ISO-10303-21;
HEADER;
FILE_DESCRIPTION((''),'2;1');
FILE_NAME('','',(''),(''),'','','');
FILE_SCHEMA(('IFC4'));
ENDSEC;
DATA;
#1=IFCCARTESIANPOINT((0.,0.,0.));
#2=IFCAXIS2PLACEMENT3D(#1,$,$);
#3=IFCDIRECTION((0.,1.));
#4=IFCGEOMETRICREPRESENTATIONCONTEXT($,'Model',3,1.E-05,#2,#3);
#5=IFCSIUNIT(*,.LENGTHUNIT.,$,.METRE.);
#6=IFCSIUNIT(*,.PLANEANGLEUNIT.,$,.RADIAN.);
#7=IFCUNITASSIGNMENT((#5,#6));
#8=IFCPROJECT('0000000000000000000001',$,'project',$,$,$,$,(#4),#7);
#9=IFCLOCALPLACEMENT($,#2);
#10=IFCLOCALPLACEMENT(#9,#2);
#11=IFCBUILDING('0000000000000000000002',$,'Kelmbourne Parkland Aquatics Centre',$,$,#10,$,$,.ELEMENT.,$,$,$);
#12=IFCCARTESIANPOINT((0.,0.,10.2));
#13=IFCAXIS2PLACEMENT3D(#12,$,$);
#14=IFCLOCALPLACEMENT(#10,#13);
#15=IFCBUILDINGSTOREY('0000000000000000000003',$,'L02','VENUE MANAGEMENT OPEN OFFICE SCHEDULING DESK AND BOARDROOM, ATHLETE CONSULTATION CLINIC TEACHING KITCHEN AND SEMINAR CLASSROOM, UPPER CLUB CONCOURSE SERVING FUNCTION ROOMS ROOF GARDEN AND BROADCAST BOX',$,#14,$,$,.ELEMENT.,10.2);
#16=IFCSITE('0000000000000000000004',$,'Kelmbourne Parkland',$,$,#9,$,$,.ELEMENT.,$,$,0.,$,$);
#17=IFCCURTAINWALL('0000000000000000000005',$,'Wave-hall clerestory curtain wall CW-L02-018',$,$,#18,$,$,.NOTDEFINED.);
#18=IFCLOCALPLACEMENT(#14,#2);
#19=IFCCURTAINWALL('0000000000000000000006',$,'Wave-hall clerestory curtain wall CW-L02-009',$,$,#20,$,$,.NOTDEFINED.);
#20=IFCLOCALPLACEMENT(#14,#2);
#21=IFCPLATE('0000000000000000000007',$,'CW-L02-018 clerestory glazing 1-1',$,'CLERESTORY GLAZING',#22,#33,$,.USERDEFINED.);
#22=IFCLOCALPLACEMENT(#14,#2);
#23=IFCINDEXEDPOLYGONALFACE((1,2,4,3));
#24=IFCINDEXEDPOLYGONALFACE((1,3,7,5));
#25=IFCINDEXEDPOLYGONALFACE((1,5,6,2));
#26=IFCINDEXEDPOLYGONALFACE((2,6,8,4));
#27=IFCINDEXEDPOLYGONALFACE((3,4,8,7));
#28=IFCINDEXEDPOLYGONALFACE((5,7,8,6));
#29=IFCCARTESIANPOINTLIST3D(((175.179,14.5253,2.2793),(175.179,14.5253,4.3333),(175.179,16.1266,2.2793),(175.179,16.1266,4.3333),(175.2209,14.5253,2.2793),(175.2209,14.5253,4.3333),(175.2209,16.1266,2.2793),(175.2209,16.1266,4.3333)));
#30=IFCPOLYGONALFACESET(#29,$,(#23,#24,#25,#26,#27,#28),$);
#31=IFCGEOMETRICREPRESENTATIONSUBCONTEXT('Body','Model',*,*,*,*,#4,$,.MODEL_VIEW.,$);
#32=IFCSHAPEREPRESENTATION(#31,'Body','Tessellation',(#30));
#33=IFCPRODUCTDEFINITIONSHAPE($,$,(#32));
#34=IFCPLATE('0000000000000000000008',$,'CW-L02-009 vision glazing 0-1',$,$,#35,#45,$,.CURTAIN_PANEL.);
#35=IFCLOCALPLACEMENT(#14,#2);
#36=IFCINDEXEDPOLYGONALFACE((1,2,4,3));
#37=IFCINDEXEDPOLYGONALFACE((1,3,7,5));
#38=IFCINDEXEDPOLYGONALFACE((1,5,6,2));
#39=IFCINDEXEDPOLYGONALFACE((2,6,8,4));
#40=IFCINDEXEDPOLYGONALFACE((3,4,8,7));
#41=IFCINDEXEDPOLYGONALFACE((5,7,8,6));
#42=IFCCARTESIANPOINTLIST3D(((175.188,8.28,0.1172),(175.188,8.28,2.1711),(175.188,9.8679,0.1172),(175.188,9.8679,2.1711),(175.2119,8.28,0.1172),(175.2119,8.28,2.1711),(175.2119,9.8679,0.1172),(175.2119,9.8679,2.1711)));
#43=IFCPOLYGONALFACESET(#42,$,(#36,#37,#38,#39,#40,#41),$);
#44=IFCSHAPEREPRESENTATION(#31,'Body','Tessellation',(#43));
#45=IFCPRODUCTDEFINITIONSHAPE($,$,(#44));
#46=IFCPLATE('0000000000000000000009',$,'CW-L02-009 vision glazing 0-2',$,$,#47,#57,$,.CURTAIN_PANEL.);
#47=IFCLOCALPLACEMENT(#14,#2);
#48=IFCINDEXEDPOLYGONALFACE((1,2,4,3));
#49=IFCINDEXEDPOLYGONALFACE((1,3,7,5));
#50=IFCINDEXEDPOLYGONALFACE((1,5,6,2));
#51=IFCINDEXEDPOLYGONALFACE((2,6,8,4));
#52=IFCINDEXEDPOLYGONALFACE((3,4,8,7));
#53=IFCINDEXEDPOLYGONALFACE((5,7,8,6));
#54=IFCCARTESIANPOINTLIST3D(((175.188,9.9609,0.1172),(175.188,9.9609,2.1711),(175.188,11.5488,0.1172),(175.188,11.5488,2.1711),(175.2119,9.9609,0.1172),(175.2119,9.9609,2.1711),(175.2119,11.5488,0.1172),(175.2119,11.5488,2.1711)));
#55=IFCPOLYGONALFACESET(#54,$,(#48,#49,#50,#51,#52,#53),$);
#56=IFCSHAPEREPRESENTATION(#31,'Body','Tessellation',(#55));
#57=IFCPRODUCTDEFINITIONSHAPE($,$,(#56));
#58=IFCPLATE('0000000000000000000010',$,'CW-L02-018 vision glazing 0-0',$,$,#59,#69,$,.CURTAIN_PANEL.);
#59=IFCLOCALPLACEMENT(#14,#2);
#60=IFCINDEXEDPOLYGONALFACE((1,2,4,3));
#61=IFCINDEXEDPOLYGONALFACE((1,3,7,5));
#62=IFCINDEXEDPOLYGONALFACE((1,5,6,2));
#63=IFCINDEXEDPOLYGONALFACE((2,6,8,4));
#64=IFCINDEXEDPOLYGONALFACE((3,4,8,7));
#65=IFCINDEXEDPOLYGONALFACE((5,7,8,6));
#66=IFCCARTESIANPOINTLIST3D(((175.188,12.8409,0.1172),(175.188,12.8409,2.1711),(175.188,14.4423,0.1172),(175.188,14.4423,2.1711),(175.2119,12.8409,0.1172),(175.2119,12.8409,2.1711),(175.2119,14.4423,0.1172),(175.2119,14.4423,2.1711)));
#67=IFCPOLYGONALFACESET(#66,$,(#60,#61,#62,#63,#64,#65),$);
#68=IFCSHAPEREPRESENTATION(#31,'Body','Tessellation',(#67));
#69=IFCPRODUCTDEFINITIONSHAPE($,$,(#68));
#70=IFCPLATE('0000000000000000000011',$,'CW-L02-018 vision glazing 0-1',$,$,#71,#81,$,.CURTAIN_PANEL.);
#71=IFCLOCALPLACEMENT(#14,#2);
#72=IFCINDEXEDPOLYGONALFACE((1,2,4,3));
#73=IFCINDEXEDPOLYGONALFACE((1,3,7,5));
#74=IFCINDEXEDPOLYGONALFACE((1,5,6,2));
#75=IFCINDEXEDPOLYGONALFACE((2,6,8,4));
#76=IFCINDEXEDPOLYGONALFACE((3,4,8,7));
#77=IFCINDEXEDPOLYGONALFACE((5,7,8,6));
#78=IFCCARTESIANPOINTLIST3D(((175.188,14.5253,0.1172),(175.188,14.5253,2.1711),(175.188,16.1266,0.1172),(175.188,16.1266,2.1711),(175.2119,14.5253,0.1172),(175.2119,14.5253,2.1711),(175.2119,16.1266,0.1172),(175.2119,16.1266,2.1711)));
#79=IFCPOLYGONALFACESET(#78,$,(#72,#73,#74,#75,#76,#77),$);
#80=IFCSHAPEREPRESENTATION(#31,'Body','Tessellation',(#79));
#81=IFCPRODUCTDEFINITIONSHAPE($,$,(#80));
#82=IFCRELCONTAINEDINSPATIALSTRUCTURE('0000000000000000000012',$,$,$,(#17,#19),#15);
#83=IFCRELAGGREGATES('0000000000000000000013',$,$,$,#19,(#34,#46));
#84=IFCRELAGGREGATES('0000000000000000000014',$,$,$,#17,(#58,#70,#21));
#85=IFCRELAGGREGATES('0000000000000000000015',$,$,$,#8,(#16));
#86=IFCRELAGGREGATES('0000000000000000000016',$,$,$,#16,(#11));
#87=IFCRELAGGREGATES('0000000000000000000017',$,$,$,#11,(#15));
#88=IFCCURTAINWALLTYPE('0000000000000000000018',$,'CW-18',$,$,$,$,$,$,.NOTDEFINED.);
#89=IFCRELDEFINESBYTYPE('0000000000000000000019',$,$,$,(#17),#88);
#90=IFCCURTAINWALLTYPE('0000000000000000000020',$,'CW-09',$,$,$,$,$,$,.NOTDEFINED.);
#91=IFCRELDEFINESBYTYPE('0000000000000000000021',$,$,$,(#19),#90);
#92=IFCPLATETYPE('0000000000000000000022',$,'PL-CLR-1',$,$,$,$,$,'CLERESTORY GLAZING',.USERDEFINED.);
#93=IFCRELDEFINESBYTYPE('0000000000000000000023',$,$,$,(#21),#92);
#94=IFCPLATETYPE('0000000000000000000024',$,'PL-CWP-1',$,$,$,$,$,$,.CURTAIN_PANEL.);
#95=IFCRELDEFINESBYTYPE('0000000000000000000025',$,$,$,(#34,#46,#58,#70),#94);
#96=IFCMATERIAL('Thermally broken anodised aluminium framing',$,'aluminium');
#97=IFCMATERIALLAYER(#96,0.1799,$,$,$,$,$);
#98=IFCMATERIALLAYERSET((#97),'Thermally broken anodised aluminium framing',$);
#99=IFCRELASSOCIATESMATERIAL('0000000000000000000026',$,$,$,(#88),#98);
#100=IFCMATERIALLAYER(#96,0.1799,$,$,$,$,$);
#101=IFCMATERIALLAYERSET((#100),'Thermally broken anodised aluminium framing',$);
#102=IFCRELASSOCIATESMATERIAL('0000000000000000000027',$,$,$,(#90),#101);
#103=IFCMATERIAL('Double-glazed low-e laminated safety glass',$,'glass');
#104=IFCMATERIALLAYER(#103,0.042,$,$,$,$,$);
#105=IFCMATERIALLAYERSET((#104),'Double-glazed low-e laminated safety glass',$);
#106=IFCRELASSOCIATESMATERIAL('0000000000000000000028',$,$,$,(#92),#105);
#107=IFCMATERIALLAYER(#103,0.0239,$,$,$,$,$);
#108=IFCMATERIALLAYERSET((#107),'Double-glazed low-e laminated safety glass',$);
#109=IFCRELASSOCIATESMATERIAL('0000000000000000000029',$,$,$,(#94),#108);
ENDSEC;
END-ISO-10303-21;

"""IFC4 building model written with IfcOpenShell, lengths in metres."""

from ifc_helpers import new_model, si_unit, direction, frame, origin, origin_2d, place, context, subcontext, project, spatial, rectangle, extrude, material, layer, layer_set, type_object, element, aggregate, save


model = new_model("IFC4")

# Units and contexts
model_context = context("Model", 3, precision=1e-05, world=origin(), true_north=direction((0.0, 1.0)))
body_context = subcontext(model_context, "Body", "Model", "MODEL_VIEW")
ifc_project = project(units=[si_unit("LENGTHUNIT", "METRE"), si_unit("PLANEANGLEUNIT", "RADIAN")], contexts=[model_context])

# Site, building, storey
site_placement = place(None, origin())
site = spatial("IfcSite", under=ifc_project, at=site_placement, Name="Kelmbourne Parkland", CompositionType="ELEMENT", RefElevation=0.0)
building_placement = place(site_placement, origin())
building = spatial("IfcBuilding", under=site, at=building_placement, Name="Kelmbourne Parkland Aquatics Centre", CompositionType="ELEMENT")
storey_placement = place(building_placement, frame((0.0, 0.0, 10.2)))
storey = spatial("IfcBuildingStorey", under=building, at=storey_placement, Name="L02", Description="VENUE MANAGEMENT OPEN OFFICE SCHEDULING DESK AND BOARDROOM, ATHLETE CONSULTATION CLINIC TEACHING KITCHEN AND SEMINAR CLASSROOM, UPPER CLUB CONCOURSE SERVING FUNCTION ROOMS ROOF GARDEN AND BROADCAST BOX", CompositionType="ELEMENT", Elevation=10.2)

# Curtain walls
ifc_material_1 = material(Name="Thermally broken anodised aluminium framing", Category="aluminium")
ifc_layer_1 = layer(ifc_material_1, 0.1799)
ifc_layer_set_1 = layer_set([ifc_layer_1], Name="Thermally broken anodised aluminium framing")
curtain_wall_type_1 = type_object("IfcCurtainWallType", Name="CW-18", PredefinedType="NOTDEFINED", material=ifc_layer_set_1)
curtain_wall_1_placement = place(storey_placement, origin())
curtain_wall_1 = element("IfcCurtainWall", 1, at=curtain_wall_1_placement, inside=storey, type_object=curtain_wall_type_1, Name="Wave-hall clerestory curtain wall CW-L02-018", PredefinedType="NOTDEFINED")
ifc_layer_2 = layer(ifc_material_1, 0.1799)
ifc_layer_set_2 = layer_set([ifc_layer_2], Name="Thermally broken anodised aluminium framing")
curtain_wall_type_2 = type_object("IfcCurtainWallType", Name="CW-09", PredefinedType="NOTDEFINED", material=ifc_layer_set_2)
curtain_wall_2_placement = place(storey_placement, origin())
curtain_wall_2 = element("IfcCurtainWall", 2, at=curtain_wall_2_placement, inside=storey, type_object=curtain_wall_type_2, Name="Wave-hall clerestory curtain wall CW-L02-009", PredefinedType="NOTDEFINED")

# Plates
ifc_material_2 = material(Name="Double-glazed low-e laminated safety glass", Category="glass")
ifc_layer_3 = layer(ifc_material_2, 0.042)
ifc_layer_set_3 = layer_set([ifc_layer_3], Name="Double-glazed low-e laminated safety glass")
plate_type_1 = type_object("IfcPlateType", Name="PL-CLR-1", ElementType="CLERESTORY GLAZING", PredefinedType="USERDEFINED", material=ifc_layer_set_3)
plate_1_placement = place(storey_placement, frame((175.2, 15.3259, 2.2793), z_axis=(0.0, 0.0, 1.0), x_axis=(0.0, 1.0, 0.0)))
plate_1 = element("IfcPlate", 3, at=plate_1_placement, type_object=plate_type_1, Name="CW-L02-018 clerestory glazing 1-1", ObjectType="CLERESTORY GLAZING", PredefinedType="USERDEFINED", context=body_context, shape_type="SweptSolid", body=[
    extrude(rectangle(XDim=1.6013, YDim=0.042, at=origin_2d()), origin(), (0.0, 0.0, 1.0), 2.054),
])
ifc_layer_4 = layer(ifc_material_2, 0.0239)
ifc_layer_set_4 = layer_set([ifc_layer_4], Name="Double-glazed low-e laminated safety glass")
plate_type_2 = type_object("IfcPlateType", Name="PL-CWP-1", PredefinedType="CURTAIN_PANEL", material=ifc_layer_set_4)
plate_2_placement = place(storey_placement, frame((175.2, 9.074, 0.1172), z_axis=(0.0, 0.0, 1.0), x_axis=(0.0, 1.0, 0.0)))
plate_2 = element("IfcPlate", 4, at=plate_2_placement, type_object=plate_type_2, Name="CW-L02-009 vision glazing 0-1", PredefinedType="CURTAIN_PANEL", context=body_context, shape_type="SweptSolid", body=[
    extrude(rectangle(XDim=1.5879, YDim=0.0239, at=origin_2d()), origin(), (0.0, 0.0, 1.0), 2.054),
])
plate_3_placement = place(storey_placement, frame((175.2, 10.7549, 0.1172), z_axis=(0.0, 0.0, 1.0), x_axis=(0.0, 1.0, 0.0)))
plate_3 = element("IfcPlate", 5, at=plate_3_placement, type_object=plate_type_2, Name="CW-L02-009 vision glazing 0-2", PredefinedType="CURTAIN_PANEL", context=body_context, shape_type="SweptSolid", body=[
    extrude(rectangle(XDim=1.5879, YDim=0.0239, at=origin_2d()), origin(), (0.0, 0.0, 1.0), 2.054),
])
aggregate(curtain_wall_2, [plate_2, plate_3])
plate_4_placement = place(storey_placement, frame((175.2, 13.6416, 0.1172), z_axis=(0.0, 0.0, 1.0), x_axis=(0.0, 1.0, 0.0)))
plate_4 = element("IfcPlate", 6, at=plate_4_placement, type_object=plate_type_2, Name="CW-L02-018 vision glazing 0-0", PredefinedType="CURTAIN_PANEL", context=body_context, shape_type="SweptSolid", body=[
    extrude(rectangle(XDim=1.6013, YDim=0.0239, at=origin_2d()), origin(), (0.0, 0.0, 1.0), 2.054),
])
plate_5_placement = place(storey_placement, frame((175.2, 15.3259, 0.1172), z_axis=(0.0, 0.0, 1.0), x_axis=(0.0, 1.0, 0.0)))
plate_5 = element("IfcPlate", 7, at=plate_5_placement, type_object=plate_type_2, Name="CW-L02-018 vision glazing 0-1", PredefinedType="CURTAIN_PANEL", context=body_context, shape_type="SweptSolid", body=[
    extrude(rectangle(XDim=1.6013, YDim=0.0239, at=origin_2d()), origin(), (0.0, 0.0, 1.0), 2.054),
])
aggregate(curtain_wall_1, [plate_4, plate_5, plate_1])

save(model, "model.ifc")
